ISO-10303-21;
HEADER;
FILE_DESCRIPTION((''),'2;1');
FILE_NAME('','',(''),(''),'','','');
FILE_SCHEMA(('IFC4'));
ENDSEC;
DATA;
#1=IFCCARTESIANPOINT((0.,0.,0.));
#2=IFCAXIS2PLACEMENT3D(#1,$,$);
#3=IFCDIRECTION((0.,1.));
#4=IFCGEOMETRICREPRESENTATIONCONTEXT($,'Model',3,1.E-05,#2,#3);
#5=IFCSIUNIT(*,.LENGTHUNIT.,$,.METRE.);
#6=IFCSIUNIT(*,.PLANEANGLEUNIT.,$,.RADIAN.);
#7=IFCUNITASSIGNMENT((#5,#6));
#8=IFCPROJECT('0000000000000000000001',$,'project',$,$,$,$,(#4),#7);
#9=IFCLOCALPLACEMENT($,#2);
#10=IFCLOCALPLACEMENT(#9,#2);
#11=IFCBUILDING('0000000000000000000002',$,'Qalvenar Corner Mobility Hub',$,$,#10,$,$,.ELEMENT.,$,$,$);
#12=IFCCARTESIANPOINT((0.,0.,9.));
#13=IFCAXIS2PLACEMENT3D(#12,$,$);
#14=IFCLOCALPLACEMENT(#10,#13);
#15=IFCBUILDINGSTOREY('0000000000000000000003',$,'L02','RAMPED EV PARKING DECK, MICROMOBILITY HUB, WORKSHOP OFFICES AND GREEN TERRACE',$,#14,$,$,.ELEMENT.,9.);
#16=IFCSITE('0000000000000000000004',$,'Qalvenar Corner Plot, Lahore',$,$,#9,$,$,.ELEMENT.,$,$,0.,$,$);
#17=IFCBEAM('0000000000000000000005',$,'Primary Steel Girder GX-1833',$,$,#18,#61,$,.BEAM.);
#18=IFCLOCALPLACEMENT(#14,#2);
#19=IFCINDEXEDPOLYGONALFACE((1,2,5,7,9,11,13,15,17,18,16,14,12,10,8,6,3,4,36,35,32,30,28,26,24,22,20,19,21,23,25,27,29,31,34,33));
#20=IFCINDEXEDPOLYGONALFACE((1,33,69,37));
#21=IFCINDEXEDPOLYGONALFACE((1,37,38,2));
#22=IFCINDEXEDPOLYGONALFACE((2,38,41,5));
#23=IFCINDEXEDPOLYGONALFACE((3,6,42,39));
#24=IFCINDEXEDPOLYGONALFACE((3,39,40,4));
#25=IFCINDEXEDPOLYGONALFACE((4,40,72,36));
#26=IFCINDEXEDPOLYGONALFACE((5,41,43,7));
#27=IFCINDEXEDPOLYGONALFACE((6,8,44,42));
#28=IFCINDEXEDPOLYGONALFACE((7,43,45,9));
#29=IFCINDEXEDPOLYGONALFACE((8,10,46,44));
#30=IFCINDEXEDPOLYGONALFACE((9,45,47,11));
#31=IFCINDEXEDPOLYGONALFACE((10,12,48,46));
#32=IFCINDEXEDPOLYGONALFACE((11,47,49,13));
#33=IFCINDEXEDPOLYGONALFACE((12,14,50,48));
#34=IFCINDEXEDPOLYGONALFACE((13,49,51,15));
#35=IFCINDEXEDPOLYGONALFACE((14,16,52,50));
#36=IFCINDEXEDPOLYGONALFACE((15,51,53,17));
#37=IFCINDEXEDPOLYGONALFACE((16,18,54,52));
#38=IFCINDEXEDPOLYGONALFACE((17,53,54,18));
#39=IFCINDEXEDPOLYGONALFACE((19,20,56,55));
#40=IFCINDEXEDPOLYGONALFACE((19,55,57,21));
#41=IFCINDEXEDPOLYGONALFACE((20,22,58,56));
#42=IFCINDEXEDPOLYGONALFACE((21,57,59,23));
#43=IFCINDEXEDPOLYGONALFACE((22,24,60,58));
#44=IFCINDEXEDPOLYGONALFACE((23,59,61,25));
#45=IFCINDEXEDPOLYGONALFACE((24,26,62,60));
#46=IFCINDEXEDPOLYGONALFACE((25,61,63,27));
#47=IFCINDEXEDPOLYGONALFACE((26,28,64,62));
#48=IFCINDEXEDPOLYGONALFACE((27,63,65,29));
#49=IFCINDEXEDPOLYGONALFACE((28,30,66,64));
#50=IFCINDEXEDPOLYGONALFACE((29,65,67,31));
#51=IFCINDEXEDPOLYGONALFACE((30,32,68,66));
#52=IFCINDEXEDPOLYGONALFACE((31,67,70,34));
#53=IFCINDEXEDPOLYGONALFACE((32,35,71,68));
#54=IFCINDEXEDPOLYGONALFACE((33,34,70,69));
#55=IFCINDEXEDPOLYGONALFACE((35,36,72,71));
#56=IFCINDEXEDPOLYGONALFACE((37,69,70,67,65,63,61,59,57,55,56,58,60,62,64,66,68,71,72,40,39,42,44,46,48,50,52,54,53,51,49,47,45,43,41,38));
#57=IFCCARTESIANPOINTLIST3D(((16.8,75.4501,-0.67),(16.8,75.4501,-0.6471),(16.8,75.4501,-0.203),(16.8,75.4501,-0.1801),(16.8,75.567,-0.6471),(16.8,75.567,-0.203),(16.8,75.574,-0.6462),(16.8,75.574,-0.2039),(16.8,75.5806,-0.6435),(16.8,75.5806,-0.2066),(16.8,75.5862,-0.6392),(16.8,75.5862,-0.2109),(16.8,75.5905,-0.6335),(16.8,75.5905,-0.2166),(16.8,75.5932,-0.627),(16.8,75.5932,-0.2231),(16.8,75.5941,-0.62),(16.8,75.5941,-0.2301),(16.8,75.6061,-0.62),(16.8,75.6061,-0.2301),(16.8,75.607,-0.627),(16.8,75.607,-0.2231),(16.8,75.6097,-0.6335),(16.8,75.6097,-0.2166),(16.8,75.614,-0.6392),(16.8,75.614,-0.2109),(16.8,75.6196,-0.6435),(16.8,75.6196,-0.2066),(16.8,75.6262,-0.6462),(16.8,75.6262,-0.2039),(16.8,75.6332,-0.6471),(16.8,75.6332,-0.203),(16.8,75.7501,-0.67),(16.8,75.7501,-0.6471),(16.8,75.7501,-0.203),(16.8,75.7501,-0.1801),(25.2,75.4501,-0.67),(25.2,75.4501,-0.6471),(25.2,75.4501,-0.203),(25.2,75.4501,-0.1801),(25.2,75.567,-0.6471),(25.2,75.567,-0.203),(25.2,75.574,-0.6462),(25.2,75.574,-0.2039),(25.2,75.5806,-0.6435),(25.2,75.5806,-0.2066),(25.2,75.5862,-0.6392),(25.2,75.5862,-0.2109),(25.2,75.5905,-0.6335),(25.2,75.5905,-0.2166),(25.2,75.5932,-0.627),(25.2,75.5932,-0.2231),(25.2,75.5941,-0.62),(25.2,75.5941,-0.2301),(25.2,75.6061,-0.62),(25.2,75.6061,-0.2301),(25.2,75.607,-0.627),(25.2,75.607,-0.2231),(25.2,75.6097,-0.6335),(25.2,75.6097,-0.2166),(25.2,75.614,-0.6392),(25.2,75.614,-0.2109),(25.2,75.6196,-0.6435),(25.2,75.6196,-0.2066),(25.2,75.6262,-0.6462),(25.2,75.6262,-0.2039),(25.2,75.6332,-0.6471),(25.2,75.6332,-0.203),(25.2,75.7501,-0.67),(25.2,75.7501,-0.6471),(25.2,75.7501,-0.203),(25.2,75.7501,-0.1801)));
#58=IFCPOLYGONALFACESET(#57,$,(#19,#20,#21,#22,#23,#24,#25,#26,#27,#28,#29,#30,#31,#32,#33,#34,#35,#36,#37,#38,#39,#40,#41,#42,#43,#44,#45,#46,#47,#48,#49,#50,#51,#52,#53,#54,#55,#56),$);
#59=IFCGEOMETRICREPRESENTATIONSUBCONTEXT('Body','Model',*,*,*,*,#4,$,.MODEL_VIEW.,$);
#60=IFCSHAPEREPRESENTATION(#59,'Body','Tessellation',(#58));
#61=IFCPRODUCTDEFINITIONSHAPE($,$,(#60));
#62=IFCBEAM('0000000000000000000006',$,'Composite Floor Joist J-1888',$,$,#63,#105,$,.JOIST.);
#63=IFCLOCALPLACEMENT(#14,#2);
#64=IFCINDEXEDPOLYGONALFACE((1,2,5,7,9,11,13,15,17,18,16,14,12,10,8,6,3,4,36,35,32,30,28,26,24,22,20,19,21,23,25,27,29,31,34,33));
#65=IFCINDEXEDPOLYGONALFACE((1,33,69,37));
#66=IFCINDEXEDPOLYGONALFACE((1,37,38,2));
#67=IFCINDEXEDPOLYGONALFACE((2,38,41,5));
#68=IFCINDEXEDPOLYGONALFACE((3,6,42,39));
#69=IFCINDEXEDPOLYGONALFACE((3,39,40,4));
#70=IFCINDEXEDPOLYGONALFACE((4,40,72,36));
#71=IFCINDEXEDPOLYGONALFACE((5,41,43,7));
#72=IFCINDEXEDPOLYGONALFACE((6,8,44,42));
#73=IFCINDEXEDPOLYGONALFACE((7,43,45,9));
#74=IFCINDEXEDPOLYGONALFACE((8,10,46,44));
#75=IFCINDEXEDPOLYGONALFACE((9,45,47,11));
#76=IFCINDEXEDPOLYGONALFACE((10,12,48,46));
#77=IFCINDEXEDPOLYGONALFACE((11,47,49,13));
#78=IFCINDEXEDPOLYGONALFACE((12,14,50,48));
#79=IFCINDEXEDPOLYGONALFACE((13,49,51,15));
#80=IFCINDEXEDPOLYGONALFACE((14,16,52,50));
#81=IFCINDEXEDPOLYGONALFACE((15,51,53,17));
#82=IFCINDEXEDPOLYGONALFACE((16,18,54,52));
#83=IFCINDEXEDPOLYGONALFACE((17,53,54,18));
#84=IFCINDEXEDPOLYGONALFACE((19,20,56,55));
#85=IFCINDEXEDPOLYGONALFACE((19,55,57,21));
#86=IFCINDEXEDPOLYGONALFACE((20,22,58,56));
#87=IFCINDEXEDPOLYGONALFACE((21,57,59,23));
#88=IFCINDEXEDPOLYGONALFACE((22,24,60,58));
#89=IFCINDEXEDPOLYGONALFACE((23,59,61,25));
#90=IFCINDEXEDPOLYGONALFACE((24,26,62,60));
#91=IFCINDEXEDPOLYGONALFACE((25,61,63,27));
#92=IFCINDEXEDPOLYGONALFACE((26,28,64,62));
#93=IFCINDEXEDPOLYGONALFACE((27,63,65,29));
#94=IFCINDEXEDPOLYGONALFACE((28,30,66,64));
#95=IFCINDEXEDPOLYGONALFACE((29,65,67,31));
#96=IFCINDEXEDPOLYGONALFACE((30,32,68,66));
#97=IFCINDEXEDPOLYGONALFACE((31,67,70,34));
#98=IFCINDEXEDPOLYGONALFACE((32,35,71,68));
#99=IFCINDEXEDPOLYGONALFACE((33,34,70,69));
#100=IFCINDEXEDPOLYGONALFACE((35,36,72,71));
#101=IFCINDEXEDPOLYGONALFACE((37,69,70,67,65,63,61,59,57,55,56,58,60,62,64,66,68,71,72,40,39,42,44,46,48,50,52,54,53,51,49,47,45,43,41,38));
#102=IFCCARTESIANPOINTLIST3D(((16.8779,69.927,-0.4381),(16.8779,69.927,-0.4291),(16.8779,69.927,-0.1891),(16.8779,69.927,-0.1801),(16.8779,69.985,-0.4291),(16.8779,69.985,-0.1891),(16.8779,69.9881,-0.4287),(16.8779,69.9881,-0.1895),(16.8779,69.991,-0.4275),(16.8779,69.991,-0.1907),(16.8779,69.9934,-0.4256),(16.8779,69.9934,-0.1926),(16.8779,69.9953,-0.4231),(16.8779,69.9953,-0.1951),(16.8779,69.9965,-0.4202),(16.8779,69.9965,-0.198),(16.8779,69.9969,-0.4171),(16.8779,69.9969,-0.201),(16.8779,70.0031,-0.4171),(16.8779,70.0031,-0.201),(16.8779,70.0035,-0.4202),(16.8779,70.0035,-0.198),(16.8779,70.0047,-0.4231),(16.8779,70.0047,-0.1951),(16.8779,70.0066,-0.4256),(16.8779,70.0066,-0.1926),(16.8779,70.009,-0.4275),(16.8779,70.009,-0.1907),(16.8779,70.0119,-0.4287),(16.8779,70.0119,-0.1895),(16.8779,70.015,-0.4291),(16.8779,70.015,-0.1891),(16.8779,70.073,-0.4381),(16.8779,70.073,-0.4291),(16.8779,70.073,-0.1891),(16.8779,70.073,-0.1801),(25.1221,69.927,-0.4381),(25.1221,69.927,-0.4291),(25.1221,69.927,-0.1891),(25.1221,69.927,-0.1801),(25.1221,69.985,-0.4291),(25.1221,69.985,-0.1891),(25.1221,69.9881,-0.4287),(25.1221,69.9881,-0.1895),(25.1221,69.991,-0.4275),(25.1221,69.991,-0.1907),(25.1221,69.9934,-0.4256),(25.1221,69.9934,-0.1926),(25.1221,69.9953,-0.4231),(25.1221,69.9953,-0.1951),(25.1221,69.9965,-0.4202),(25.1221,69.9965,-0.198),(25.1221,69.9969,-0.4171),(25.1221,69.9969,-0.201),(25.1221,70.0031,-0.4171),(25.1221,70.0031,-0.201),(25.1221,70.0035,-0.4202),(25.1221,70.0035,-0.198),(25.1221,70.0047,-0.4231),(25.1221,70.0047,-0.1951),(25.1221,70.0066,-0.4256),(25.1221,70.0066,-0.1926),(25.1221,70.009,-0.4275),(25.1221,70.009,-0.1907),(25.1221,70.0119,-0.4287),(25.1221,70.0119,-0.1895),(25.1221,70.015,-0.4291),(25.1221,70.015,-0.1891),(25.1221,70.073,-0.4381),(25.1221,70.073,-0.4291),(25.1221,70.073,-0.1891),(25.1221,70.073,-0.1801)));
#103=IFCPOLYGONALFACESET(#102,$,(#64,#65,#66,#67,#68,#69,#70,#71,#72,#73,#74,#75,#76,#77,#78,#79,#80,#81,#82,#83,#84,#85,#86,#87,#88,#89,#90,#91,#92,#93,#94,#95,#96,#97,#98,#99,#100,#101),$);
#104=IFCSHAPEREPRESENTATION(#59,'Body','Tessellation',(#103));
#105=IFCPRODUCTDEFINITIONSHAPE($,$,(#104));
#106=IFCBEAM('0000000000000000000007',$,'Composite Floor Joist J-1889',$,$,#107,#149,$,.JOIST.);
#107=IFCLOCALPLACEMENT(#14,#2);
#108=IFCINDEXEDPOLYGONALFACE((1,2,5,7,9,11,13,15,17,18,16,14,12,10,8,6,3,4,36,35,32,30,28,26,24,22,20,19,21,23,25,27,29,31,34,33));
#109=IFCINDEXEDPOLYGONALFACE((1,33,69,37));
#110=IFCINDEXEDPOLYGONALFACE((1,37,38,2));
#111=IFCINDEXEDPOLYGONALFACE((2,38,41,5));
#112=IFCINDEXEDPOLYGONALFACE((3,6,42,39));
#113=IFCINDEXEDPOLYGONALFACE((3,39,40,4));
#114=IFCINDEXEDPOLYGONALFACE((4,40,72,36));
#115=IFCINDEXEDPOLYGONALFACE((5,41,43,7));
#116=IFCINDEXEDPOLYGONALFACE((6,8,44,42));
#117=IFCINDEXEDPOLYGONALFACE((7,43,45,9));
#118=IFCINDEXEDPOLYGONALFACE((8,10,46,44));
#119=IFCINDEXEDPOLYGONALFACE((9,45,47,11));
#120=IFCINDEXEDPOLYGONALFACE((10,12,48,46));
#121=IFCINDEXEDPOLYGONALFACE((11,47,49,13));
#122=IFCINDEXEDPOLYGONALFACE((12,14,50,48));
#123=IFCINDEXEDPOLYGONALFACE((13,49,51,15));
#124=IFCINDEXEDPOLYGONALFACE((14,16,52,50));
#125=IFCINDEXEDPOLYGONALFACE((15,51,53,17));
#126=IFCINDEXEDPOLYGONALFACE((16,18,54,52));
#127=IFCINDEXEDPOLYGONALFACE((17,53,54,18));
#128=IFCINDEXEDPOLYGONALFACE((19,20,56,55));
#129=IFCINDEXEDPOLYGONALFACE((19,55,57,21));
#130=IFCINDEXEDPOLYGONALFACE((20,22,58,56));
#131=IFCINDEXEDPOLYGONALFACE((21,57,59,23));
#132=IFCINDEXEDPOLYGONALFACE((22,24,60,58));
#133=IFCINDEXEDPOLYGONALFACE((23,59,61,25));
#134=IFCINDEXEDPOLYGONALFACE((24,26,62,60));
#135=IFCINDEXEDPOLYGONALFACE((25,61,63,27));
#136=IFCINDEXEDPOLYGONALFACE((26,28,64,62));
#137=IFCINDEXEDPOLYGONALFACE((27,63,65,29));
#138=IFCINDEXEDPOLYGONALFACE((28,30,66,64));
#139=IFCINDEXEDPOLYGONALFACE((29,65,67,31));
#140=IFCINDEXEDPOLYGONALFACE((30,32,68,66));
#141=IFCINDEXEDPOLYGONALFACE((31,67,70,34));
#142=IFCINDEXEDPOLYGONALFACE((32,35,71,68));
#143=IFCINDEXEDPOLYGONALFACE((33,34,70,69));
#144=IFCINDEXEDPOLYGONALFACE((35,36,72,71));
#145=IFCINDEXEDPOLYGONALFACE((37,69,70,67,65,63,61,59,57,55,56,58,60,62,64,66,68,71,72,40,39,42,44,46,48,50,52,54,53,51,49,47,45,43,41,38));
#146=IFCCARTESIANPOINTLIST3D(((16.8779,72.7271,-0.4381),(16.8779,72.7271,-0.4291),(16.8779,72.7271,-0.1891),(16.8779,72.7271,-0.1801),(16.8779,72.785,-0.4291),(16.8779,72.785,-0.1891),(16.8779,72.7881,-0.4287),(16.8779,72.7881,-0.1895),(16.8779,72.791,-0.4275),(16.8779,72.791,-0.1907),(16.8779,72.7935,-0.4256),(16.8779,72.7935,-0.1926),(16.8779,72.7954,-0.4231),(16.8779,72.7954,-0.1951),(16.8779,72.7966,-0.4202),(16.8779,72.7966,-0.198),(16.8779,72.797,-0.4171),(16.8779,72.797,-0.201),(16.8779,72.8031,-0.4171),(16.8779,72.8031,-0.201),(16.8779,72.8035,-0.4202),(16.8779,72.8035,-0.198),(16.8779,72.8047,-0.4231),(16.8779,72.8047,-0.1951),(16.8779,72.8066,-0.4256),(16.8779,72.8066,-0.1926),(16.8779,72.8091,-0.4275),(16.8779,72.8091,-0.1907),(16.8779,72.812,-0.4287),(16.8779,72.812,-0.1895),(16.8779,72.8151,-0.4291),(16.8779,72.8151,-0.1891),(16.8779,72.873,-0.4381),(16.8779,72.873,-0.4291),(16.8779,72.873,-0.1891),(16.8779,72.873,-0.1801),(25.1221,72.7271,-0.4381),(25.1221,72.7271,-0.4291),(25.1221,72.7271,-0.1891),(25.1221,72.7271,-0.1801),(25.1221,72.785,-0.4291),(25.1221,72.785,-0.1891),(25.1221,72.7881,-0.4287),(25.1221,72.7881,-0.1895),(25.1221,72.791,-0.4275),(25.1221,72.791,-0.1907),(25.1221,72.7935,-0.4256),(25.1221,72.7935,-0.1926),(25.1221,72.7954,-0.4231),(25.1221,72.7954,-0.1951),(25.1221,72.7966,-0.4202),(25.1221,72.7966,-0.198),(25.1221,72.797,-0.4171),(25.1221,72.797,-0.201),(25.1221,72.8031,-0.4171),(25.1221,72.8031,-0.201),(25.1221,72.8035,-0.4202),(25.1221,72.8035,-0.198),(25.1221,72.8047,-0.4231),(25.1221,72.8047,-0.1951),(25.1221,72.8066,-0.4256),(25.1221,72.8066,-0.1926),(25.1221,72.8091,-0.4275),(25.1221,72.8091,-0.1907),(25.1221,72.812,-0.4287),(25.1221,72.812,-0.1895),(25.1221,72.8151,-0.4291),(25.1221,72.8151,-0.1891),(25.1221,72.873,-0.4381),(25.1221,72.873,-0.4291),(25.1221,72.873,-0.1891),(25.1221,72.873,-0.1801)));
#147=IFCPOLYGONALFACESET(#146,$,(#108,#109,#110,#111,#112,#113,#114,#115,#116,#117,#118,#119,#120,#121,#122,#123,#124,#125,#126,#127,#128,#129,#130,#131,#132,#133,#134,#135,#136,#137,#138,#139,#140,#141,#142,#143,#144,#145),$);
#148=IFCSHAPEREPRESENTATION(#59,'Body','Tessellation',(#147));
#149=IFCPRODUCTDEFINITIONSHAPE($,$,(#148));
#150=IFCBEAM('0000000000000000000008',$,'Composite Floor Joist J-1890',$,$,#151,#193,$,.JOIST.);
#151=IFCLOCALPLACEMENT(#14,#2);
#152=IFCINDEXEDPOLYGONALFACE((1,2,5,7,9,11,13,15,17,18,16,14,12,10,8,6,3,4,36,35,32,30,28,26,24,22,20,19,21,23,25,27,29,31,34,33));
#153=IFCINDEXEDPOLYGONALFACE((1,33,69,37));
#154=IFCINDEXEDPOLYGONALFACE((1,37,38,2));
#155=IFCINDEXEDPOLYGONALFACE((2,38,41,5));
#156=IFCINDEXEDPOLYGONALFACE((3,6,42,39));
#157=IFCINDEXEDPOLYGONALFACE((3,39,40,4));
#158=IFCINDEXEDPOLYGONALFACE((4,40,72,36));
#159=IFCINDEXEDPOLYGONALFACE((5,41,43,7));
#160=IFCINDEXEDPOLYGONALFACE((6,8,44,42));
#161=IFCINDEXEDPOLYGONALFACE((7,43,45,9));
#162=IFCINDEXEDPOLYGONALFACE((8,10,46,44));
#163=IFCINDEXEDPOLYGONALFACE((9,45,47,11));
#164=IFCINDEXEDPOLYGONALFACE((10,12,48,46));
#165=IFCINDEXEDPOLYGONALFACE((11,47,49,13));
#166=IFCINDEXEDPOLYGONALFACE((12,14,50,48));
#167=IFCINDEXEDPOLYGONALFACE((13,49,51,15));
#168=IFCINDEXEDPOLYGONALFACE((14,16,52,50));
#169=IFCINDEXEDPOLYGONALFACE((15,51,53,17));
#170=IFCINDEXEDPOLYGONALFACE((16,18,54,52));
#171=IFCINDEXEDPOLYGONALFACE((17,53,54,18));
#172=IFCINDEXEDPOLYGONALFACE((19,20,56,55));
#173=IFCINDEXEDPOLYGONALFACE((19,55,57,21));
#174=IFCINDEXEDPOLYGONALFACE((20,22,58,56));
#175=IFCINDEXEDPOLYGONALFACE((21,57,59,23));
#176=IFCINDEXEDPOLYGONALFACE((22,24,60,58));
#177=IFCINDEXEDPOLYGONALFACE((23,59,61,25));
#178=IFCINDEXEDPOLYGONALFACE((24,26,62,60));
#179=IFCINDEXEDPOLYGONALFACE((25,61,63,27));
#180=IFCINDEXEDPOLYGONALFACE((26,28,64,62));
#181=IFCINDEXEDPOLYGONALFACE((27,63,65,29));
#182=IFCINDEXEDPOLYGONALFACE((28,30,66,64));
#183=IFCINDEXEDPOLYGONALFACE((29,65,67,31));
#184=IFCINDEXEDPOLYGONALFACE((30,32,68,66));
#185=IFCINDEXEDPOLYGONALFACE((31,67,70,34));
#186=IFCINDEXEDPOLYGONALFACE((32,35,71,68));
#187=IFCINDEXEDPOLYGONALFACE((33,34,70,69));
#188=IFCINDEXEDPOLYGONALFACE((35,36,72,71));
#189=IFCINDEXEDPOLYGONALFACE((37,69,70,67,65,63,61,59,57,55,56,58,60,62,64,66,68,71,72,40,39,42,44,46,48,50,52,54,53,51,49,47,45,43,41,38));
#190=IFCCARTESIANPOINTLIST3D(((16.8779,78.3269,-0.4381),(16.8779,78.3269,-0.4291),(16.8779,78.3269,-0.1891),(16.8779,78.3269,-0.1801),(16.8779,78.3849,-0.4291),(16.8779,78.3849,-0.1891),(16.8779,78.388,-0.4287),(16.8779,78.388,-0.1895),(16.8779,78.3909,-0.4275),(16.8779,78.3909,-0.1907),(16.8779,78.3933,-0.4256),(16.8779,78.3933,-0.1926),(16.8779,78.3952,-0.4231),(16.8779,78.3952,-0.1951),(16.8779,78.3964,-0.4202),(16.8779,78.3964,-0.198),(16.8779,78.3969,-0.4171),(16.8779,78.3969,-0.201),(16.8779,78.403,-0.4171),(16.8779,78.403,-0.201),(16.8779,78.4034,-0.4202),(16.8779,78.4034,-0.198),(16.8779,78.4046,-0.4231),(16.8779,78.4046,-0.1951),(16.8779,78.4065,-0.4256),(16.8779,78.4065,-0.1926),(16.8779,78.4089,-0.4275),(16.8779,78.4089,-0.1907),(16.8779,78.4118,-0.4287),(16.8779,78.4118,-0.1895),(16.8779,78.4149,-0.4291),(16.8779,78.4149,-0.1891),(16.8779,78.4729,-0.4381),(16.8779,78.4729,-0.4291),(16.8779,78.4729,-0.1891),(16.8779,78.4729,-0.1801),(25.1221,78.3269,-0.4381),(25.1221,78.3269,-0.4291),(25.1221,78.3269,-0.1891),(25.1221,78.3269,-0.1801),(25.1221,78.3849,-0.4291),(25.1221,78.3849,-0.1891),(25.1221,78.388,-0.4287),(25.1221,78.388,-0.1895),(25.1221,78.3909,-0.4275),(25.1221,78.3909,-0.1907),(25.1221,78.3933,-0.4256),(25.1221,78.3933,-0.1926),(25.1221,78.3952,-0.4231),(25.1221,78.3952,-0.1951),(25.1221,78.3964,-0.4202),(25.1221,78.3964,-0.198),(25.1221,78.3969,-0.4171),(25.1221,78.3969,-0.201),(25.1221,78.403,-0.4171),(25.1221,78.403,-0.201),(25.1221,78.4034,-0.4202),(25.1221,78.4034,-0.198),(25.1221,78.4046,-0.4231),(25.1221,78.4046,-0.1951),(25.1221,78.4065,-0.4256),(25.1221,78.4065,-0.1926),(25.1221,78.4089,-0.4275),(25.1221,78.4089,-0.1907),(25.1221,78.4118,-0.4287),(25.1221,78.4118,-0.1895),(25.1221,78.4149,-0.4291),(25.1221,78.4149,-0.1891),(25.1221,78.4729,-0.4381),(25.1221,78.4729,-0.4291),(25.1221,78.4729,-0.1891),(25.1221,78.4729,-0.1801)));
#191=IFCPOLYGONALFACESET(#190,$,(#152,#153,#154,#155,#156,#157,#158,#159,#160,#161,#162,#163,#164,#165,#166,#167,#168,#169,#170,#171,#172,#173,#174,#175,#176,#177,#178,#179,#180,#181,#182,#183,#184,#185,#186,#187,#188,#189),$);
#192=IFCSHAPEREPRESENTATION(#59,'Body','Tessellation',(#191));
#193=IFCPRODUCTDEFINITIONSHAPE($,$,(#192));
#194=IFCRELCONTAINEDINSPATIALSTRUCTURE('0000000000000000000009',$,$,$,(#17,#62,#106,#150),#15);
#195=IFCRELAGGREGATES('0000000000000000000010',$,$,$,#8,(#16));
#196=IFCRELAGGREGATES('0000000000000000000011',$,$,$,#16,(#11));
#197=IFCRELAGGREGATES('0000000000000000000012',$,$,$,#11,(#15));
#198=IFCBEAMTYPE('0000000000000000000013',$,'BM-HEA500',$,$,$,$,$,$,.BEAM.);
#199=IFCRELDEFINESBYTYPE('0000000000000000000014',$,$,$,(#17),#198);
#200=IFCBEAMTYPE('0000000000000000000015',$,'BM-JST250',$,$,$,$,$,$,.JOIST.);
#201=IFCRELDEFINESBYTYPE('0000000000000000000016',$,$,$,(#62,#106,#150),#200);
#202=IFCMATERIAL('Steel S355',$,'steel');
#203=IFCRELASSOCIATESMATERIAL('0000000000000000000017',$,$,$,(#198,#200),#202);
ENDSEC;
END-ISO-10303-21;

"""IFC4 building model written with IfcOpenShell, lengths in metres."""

from ifc_helpers import new_model, si_unit, direction, frame, origin, origin_2d, place, context, subcontext, project, spatial, i_section, extrude, material, material_profile, profile_set, type_object, element, save


model = new_model("IFC4")

# Units and contexts
model_context = context("Model", 3, precision=1e-05, world=origin(), true_north=direction((0.0, 1.0)))
body_context = subcontext(model_context, "Body", "Model", "MODEL_VIEW")
ifc_project = project(units=[si_unit("LENGTHUNIT", "METRE"), si_unit("PLANEANGLEUNIT", "RADIAN")], contexts=[model_context])

# Site, building, storey
site_placement = place(None, origin())
site = spatial("IfcSite", under=ifc_project, at=site_placement, Name="Qalvenar Corner Plot, Lahore", CompositionType="ELEMENT", RefElevation=0.0)
building_placement = place(site_placement, origin())
building = spatial("IfcBuilding", under=site, at=building_placement, Name="Qalvenar Corner Mobility Hub", CompositionType="ELEMENT")
storey_placement = place(building_placement, frame((0.0, 0.0, 9.0)))
storey = spatial("IfcBuildingStorey", under=building, at=storey_placement, Name="L02", Description="RAMPED EV PARKING DECK, MICROMOBILITY HUB, WORKSHOP OFFICES AND GREEN TERRACE", CompositionType="ELEMENT", Elevation=9.0)

# Shared definitions
ifc_material_1 = material(Name="Steel S355", Category="steel")

# Beams
ifc_material_profile_1 = material_profile(ifc_material_1, i_section(OverallWidth=0.3, OverallDepth=0.49, WebThickness=0.012, FlangeThickness=0.0229, FilletRadius=0.0271, at=origin_2d()), Name="HEA500")
ifc_profile_set_1 = profile_set([ifc_material_profile_1], Name="Steel S355")
beam_type_1 = type_object("IfcBeamType", Name="BM-HEA500", PredefinedType="BEAM", material=ifc_profile_set_1)
beam_1_placement = place(storey_placement, frame((16.8, 75.6001, -0.425), z_axis=(1.0, 0.0, 0.0), x_axis=(0.0, 1.0, 0.0)))
element("IfcBeam", 1, at=beam_1_placement, inside=storey, type_object=beam_type_1, Name="Primary Steel Girder GX-1833", PredefinedType="BEAM", context=body_context, shape_type="SweptSolid", body=[
    extrude(i_section(OverallWidth=0.3, OverallDepth=0.49, WebThickness=0.012, FlangeThickness=0.0229, FilletRadius=0.0271, at=origin_2d()), origin(), (0.0, 0.0, 1.0), 8.3999),
])
ifc_material_profile_2 = material_profile(ifc_material_1, i_section(OverallWidth=0.146, OverallDepth=0.2581, WebThickness=0.0061, FlangeThickness=0.009, FilletRadius=0.012, at=origin_2d()), Name="W250x32.7")
ifc_profile_set_2 = profile_set([ifc_material_profile_2], Name="Steel S355")
beam_type_2 = type_object("IfcBeamType", Name="BM-JST250", PredefinedType="JOIST", material=ifc_profile_set_2)
for number, where, z_axis, x_axis, name in (
    (2, (16.8779, 70.0, -0.3091), (1.0, 0.0, 0.0), (0.0, 1.0, 0.0), "Composite Floor Joist J-1888"),
    (3, (16.8779, 72.8, -0.3091), (1.0, 0.0, 0.0), (0.0, 1.0, 0.0), "Composite Floor Joist J-1889"),
    (4, (16.8779, 78.3999, -0.3091), (1.0, 0.0, 0.0), (0.0, 1.0, 0.0), "Composite Floor Joist J-1890"),
):
    element("IfcBeam", number, at=place(storey_placement, frame(where, z_axis=z_axis, x_axis=x_axis)), inside=storey, type_object=beam_type_2, Name=name, PredefinedType="JOIST", context=body_context, shape_type="SweptSolid", body=[
        extrude(i_section(OverallWidth=0.146, OverallDepth=0.2581, WebThickness=0.0061, FlangeThickness=0.009, FilletRadius=0.012, at=origin_2d()), origin(), (0.0, 0.0, 1.0), 8.2441),
    ])

save(model, "model.ifc")
